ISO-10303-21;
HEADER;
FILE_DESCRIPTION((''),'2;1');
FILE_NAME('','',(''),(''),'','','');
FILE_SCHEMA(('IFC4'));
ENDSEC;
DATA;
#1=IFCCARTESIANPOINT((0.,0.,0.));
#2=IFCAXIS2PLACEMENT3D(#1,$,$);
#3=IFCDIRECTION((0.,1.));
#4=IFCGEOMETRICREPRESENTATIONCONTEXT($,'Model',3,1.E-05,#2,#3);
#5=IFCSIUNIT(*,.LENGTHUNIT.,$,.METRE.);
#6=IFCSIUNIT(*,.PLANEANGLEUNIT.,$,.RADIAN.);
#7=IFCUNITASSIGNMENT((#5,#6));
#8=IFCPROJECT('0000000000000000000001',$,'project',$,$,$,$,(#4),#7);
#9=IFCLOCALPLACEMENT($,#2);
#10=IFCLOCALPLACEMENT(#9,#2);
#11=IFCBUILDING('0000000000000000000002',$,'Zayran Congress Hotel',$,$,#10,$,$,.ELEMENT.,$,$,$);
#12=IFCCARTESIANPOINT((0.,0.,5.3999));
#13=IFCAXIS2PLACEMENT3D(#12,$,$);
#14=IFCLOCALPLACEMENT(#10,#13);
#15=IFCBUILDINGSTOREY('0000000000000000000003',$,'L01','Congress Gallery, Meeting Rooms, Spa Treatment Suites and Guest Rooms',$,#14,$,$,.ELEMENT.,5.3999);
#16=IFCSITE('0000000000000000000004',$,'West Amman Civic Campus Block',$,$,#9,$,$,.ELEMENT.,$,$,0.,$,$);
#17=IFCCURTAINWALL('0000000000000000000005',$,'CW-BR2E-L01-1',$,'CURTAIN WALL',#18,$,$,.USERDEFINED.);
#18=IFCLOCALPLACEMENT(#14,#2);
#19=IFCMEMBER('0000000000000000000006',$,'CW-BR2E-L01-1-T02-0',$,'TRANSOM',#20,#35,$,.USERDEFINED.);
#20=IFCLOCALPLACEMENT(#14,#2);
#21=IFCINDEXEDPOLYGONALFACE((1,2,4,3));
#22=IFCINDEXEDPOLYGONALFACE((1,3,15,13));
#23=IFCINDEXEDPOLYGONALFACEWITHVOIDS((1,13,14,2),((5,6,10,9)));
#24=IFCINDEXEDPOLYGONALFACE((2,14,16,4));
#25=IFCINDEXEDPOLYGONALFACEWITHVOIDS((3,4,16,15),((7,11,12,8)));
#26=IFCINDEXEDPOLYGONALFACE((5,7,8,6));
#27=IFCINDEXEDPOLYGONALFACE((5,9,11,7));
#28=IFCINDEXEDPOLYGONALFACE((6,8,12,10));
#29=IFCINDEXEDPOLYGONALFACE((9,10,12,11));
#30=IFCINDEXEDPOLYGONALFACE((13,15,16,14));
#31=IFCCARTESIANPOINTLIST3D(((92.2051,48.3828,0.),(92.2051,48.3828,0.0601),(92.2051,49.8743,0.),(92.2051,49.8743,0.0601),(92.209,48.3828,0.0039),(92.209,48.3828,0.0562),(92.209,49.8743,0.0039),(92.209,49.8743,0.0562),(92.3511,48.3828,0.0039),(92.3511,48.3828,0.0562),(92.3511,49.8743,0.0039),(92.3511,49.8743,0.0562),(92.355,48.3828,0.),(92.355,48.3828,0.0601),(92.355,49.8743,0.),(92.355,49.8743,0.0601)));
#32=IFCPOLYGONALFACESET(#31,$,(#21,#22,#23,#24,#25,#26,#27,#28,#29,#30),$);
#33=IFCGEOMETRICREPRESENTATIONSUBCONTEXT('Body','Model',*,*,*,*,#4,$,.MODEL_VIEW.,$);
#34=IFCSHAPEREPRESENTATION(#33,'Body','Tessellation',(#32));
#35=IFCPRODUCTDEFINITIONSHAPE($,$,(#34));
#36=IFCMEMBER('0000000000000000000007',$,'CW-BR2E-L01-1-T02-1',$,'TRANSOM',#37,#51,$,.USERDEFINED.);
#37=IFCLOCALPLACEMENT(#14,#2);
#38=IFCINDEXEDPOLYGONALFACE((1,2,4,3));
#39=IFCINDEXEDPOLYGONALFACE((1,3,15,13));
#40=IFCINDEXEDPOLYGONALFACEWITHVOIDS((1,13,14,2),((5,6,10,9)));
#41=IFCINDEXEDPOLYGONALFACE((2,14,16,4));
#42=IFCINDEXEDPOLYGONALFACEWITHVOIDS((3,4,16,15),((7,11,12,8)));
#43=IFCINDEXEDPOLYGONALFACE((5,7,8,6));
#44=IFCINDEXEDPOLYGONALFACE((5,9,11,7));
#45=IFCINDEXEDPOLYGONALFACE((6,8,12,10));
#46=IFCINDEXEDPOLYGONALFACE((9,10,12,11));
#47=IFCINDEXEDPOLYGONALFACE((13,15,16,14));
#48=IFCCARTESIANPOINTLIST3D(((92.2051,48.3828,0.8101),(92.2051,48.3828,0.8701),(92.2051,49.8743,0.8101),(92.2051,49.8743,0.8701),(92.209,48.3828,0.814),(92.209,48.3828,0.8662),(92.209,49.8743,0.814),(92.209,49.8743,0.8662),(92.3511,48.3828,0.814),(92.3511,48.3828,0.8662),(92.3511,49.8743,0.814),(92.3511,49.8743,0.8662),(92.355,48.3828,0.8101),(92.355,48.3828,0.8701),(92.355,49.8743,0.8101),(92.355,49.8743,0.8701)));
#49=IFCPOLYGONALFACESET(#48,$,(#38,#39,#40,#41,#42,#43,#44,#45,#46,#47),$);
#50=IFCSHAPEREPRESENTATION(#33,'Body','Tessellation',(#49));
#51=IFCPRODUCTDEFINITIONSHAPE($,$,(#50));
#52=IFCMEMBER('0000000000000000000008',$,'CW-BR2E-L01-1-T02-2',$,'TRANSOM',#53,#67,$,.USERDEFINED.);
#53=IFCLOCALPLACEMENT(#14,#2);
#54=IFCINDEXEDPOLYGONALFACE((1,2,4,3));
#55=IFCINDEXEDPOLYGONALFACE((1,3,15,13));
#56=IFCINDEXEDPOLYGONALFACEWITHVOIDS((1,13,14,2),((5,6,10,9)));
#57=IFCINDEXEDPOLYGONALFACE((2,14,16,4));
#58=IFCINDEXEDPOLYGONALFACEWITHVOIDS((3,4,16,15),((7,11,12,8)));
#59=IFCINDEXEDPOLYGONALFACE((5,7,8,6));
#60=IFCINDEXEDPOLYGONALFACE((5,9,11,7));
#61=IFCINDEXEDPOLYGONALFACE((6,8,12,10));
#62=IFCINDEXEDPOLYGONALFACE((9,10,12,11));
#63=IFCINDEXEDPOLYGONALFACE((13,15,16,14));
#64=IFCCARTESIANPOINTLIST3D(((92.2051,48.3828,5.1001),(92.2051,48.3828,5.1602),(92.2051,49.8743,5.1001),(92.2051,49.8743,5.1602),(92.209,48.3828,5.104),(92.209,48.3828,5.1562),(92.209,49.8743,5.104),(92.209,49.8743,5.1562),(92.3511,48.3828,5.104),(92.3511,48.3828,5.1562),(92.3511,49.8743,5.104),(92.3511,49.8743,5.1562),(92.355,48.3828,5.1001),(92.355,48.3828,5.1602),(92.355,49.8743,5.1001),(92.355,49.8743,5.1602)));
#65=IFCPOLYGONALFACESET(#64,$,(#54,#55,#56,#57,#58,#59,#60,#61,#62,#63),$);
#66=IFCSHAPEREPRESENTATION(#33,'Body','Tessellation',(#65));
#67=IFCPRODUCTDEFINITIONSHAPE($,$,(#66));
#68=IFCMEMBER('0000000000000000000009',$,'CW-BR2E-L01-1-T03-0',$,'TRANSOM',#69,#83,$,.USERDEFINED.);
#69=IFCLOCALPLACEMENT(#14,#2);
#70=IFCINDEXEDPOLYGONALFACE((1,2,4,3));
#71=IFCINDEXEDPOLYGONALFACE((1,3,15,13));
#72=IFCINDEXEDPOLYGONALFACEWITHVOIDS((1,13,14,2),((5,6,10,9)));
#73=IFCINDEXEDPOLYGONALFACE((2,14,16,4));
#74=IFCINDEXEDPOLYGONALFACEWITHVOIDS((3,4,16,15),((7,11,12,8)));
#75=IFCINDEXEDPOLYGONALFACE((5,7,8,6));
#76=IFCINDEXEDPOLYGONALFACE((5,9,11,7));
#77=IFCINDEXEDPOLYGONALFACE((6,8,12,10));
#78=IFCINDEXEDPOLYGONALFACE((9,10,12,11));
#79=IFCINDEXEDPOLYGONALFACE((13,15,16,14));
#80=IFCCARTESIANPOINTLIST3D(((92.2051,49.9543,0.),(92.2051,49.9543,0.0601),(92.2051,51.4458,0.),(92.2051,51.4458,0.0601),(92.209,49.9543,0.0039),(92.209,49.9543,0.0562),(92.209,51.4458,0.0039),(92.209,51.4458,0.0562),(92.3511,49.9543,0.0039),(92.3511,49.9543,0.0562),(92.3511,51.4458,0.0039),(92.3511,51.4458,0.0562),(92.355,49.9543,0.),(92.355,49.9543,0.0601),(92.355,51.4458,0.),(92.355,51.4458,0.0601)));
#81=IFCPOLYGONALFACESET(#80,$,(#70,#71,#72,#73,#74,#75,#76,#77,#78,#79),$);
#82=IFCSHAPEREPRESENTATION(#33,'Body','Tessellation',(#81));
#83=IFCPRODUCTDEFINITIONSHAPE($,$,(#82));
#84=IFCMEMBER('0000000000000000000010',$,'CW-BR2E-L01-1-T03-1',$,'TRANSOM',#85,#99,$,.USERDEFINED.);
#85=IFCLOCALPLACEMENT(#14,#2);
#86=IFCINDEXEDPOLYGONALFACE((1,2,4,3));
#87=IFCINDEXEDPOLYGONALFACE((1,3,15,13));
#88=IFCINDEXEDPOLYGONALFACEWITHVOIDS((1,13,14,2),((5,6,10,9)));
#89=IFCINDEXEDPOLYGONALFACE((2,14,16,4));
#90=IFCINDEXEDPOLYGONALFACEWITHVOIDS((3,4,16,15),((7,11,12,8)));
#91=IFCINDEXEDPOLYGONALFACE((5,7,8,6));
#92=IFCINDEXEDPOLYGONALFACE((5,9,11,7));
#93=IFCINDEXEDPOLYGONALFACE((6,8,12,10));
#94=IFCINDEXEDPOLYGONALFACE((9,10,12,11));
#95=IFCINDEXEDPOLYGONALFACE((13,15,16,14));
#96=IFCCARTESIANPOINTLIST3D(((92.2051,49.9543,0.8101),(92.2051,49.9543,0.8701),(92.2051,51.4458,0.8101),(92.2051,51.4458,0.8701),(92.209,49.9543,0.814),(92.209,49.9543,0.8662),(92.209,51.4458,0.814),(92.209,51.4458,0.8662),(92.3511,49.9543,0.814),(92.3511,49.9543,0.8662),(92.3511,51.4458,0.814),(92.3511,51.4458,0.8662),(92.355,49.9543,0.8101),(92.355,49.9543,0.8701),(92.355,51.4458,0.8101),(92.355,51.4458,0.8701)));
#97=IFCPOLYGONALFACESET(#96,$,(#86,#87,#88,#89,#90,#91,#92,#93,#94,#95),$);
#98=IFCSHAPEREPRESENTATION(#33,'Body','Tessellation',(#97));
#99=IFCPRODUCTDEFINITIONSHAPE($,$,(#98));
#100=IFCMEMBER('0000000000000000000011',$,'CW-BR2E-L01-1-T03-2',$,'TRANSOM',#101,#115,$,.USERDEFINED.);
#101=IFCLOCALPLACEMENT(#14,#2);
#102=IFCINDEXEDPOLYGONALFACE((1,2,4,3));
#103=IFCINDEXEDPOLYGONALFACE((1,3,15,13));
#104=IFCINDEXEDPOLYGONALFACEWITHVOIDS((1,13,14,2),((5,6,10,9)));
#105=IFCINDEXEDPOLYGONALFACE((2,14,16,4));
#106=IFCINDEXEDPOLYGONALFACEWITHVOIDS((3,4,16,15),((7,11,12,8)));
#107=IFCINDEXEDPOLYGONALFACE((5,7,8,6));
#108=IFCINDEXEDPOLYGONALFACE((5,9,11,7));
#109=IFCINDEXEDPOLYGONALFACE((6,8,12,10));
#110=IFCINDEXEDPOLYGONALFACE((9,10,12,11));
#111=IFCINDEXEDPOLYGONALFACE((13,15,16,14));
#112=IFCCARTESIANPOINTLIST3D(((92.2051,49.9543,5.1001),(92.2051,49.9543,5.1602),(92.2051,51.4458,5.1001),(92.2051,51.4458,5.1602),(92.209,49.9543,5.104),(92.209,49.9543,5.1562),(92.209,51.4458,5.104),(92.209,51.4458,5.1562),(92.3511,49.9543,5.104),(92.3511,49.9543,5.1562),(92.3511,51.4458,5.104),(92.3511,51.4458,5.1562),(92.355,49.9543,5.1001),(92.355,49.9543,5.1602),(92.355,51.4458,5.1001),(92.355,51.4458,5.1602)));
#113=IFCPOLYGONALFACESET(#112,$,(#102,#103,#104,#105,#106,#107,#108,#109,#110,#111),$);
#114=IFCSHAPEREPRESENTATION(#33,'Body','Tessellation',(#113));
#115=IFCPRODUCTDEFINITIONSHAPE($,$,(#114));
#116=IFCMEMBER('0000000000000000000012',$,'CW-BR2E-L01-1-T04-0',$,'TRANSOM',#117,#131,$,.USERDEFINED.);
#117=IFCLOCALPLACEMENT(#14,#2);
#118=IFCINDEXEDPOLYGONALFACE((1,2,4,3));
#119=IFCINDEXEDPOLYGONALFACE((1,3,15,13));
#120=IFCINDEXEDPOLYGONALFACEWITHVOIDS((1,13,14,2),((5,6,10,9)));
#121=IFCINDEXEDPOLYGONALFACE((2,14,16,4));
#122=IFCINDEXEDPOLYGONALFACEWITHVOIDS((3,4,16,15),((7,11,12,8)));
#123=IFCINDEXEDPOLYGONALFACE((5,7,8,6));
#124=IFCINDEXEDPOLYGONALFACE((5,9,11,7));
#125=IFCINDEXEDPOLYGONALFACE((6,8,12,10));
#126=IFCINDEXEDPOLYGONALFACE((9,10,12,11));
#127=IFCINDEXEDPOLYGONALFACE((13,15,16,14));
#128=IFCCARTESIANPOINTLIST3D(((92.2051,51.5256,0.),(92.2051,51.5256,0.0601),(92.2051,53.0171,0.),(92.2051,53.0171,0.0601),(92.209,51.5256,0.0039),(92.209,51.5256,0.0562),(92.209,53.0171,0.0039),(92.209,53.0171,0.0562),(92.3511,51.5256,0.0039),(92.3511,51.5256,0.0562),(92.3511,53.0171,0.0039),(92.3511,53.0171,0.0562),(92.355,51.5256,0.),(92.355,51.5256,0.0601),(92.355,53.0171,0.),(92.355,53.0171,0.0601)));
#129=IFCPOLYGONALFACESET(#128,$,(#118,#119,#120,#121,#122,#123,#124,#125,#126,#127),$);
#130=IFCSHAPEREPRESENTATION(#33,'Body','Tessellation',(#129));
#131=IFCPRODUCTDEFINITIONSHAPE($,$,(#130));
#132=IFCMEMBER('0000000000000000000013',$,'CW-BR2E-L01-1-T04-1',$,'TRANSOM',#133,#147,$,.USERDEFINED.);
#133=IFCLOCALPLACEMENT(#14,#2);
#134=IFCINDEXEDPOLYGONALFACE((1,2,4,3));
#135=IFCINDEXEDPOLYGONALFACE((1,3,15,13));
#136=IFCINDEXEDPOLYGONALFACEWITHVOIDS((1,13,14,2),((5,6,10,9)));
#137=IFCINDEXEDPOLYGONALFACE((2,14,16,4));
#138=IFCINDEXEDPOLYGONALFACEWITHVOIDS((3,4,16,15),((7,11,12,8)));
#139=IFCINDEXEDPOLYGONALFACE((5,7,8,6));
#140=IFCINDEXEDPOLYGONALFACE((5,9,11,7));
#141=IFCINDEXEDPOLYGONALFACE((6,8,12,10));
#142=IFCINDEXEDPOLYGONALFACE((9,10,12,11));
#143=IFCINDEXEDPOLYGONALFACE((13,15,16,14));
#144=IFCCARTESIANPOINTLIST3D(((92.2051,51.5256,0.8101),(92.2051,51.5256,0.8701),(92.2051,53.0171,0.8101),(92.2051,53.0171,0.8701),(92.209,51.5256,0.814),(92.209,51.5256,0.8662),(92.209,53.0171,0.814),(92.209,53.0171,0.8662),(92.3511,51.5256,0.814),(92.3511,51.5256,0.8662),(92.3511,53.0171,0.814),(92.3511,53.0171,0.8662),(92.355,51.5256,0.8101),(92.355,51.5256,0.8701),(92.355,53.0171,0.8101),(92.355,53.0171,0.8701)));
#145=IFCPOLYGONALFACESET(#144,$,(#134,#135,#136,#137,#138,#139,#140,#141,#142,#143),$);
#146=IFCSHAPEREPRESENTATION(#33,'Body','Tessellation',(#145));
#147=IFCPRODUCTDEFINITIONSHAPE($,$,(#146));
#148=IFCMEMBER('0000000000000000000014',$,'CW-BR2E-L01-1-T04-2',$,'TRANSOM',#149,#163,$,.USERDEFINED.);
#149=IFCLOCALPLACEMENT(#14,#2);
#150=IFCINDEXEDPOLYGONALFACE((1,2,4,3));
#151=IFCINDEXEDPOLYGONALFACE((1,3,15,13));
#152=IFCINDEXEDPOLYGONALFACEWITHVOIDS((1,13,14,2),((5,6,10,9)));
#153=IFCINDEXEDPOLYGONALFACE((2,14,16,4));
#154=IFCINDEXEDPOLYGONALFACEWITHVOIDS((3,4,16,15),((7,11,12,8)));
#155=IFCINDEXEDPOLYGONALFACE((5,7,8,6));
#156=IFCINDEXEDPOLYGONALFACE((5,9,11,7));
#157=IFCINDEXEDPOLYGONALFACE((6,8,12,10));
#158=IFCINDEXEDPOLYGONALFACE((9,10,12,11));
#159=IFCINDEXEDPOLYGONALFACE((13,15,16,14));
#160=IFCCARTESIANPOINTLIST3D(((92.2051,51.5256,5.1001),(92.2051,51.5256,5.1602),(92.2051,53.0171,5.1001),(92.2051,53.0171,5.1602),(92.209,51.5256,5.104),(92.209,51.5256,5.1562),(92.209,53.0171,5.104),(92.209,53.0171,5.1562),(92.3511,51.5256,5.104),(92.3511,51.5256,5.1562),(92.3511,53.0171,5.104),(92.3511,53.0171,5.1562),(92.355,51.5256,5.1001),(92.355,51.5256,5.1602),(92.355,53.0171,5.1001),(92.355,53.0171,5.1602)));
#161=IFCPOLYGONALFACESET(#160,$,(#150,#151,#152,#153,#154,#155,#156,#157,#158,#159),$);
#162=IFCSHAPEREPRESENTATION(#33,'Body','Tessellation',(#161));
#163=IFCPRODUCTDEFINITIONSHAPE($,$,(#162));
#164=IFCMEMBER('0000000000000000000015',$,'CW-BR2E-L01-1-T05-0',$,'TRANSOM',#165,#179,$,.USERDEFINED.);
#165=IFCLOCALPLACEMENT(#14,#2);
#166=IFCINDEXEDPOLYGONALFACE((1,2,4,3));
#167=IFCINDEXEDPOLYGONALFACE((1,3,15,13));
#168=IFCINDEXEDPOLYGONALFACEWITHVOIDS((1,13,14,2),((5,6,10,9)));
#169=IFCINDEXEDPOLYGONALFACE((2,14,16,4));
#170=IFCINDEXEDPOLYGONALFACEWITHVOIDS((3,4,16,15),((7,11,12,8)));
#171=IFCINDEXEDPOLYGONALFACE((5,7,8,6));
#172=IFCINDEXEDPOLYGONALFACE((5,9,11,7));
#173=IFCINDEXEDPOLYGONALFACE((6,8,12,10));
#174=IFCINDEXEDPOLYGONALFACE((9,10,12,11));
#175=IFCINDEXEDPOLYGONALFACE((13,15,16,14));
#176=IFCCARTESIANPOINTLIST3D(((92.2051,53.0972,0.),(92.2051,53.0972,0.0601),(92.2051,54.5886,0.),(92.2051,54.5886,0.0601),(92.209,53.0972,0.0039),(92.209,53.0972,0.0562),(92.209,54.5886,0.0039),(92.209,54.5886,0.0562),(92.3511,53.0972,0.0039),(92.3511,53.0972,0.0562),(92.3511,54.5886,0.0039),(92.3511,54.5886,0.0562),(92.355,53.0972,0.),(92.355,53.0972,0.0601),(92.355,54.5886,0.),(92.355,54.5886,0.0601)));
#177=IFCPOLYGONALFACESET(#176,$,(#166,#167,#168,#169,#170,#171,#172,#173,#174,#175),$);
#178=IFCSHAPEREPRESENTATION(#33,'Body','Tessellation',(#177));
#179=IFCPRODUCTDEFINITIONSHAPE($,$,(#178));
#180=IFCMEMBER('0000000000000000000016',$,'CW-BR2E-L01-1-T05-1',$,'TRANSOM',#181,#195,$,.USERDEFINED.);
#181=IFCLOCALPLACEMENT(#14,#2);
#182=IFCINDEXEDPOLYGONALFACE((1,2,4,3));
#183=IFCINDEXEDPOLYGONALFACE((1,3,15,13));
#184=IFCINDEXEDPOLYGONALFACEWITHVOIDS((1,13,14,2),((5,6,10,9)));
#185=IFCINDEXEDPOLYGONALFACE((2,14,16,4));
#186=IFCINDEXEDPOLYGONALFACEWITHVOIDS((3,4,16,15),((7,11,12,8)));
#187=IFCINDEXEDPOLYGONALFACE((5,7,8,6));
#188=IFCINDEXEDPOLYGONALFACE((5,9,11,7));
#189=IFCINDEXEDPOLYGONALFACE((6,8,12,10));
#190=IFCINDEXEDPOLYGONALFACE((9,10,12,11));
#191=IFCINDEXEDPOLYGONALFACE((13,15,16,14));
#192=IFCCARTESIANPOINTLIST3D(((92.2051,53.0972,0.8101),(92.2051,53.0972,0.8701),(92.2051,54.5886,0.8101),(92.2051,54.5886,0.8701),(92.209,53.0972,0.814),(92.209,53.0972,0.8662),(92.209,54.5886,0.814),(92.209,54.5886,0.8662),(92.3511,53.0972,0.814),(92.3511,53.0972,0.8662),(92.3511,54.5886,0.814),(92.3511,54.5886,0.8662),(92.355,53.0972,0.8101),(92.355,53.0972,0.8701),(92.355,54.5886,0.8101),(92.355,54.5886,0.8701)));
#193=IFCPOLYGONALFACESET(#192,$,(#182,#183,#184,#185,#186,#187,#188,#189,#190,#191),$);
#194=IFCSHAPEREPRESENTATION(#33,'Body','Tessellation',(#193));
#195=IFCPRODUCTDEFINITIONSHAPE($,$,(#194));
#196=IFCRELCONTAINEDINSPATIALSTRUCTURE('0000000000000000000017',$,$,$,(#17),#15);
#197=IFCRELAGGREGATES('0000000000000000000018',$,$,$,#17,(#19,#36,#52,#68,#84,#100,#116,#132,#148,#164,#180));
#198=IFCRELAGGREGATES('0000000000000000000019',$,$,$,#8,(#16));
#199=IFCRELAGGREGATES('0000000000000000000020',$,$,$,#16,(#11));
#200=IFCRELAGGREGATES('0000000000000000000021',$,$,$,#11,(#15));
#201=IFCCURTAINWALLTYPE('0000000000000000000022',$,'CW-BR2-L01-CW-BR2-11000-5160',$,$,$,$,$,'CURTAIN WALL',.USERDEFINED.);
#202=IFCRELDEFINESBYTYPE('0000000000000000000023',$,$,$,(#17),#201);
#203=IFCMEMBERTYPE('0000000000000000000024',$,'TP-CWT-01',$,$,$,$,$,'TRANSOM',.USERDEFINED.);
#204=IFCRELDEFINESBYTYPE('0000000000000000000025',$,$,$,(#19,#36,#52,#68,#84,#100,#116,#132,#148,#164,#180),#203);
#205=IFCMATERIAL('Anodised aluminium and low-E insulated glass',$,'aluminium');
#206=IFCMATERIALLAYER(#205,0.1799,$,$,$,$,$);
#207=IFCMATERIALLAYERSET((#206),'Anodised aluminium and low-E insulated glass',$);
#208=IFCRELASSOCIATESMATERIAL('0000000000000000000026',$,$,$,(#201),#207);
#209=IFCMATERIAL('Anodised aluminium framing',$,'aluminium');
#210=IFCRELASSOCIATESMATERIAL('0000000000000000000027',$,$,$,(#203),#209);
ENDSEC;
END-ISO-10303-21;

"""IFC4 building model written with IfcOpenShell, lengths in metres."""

from ifc_helpers import new_model, si_unit, direction, frame, origin, origin_2d, place, context, subcontext, project, spatial, hollow_rectangle, extrude, material, layer, layer_set, material_profile, profile_set, type_object, element, aggregate, save


model = new_model("IFC4")

# Units and contexts
model_context = context("Model", 3, precision=1e-05, world=origin(), true_north=direction((0.0, 1.0)))
body_context = subcontext(model_context, "Body", "Model", "MODEL_VIEW")
ifc_project = project(units=[si_unit("LENGTHUNIT", "METRE"), si_unit("PLANEANGLEUNIT", "RADIAN")], contexts=[model_context])

# Site, building, storey
site_placement = place(None, origin())
site = spatial("IfcSite", under=ifc_project, at=site_placement, Name="West Amman Civic Campus Block", CompositionType="ELEMENT", RefElevation=0.0)
building_placement = place(site_placement, origin())
building = spatial("IfcBuilding", under=site, at=building_placement, Name="Zayran Congress Hotel", CompositionType="ELEMENT")
storey_placement = place(building_placement, frame((0.0, 0.0, 5.3999)))
storey = spatial("IfcBuildingStorey", under=building, at=storey_placement, Name="L01", Description="Congress Gallery, Meeting Rooms, Spa Treatment Suites and Guest Rooms", CompositionType="ELEMENT", Elevation=5.3999)

# Curtain wall, members
ifc_material_1 = material(Name="Anodised aluminium and low-E insulated glass", Category="aluminium")
ifc_layer_1 = layer(ifc_material_1, 0.1799)
ifc_layer_set_1 = layer_set([ifc_layer_1], Name="Anodised aluminium and low-E insulated glass")
curtain_wall_type = type_object("IfcCurtainWallType", Name="CW-BR2-L01-CW-BR2-11000-5160", ElementType="CURTAIN WALL", PredefinedType="USERDEFINED", material=ifc_layer_set_1)
curtain_wall_placement = place(storey_placement, origin())
curtain_wall = element("IfcCurtainWall", 1, at=curtain_wall_placement, inside=storey, type_object=curtain_wall_type, Name="CW-BR2E-L01-1", ObjectType="CURTAIN WALL", PredefinedType="USERDEFINED")
ifc_material_2 = material(Name="Anodised aluminium framing", Category="aluminium")
ifc_material_profile_1 = material_profile(ifc_material_2, hollow_rectangle(XDim=0.0601, YDim=0.1499, WallThickness=0.0039, at=origin_2d()), Name="RHS 150x60x4")
ifc_profile_set_1 = profile_set([ifc_material_profile_1], Name="Anodised aluminium framing")
member_type_1 = type_object("IfcMemberType", Name="TP-CWT-01", ElementType="TRANSOM", PredefinedType="USERDEFINED", material=ifc_profile_set_1)
member_1_placement = place(storey_placement, frame((92.28, 48.3828, 0.03), z_axis=(0.0, 1.0, 0.0), x_axis=(0.0, 0.0, 1.0)))
member_1 = element("IfcMember", 2, at=member_1_placement, type_object=member_type_1, Name="CW-BR2E-L01-1-T02-0", ObjectType="TRANSOM", PredefinedType="USERDEFINED", context=body_context, shape_type="SweptSolid", body=[
    extrude(hollow_rectangle(XDim=0.0601, YDim=0.1499, WallThickness=0.0039, at=origin_2d()), origin(), (0.0, 0.0, 1.0), 1.4915),
])
member_2_placement = place(storey_placement, frame((92.28, 48.3828, 0.8401), z_axis=(0.0, 1.0, 0.0), x_axis=(0.0, 0.0, 1.0)))
member_2 = element("IfcMember", 3, at=member_2_placement, type_object=member_type_1, Name="CW-BR2E-L01-1-T02-1", ObjectType="TRANSOM", PredefinedType="USERDEFINED", context=body_context, shape_type="SweptSolid", body=[
    extrude(hollow_rectangle(XDim=0.0601, YDim=0.1499, WallThickness=0.0039, at=origin_2d()), origin(), (0.0, 0.0, 1.0), 1.4915),
])
member_3_placement = place(storey_placement, frame((92.28, 48.3828, 5.1301), z_axis=(0.0, 1.0, 0.0), x_axis=(0.0, 0.0, 1.0)))
member_3 = element("IfcMember", 4, at=member_3_placement, type_object=member_type_1, Name="CW-BR2E-L01-1-T02-2", ObjectType="TRANSOM", PredefinedType="USERDEFINED", context=body_context, shape_type="SweptSolid", body=[
    extrude(hollow_rectangle(XDim=0.0601, YDim=0.1499, WallThickness=0.0039, at=origin_2d()), origin(), (0.0, 0.0, 1.0), 1.4915),
])
member_4_placement = place(storey_placement, frame((92.28, 49.9543, 0.03), z_axis=(0.0, 1.0, 0.0), x_axis=(0.0, 0.0, 1.0)))
member_4 = element("IfcMember", 5, at=member_4_placement, type_object=member_type_1, Name="CW-BR2E-L01-1-T03-0", ObjectType="TRANSOM", PredefinedType="USERDEFINED", context=body_context, shape_type="SweptSolid", body=[
    extrude(hollow_rectangle(XDim=0.0601, YDim=0.1499, WallThickness=0.0039, at=origin_2d()), origin(), (0.0, 0.0, 1.0), 1.4915),
])
member_5_placement = place(storey_placement, frame((92.28, 49.9543, 0.8401), z_axis=(0.0, 1.0, 0.0), x_axis=(0.0, 0.0, 1.0)))
member_5 = element("IfcMember", 6, at=member_5_placement, type_object=member_type_1, Name="CW-BR2E-L01-1-T03-1", ObjectType="TRANSOM", PredefinedType="USERDEFINED", context=body_context, shape_type="SweptSolid", body=[
    extrude(hollow_rectangle(XDim=0.0601, YDim=0.1499, WallThickness=0.0039, at=origin_2d()), origin(), (0.0, 0.0, 1.0), 1.4915),
])
member_6_placement = place(storey_placement, frame((92.28, 49.9543, 5.1301), z_axis=(0.0, 1.0, 0.0), x_axis=(0.0, 0.0, 1.0)))
member_6 = element("IfcMember", 7, at=member_6_placement, type_object=member_type_1, Name="CW-BR2E-L01-1-T03-2", ObjectType="TRANSOM", PredefinedType="USERDEFINED", context=body_context, shape_type="SweptSolid", body=[
    extrude(hollow_rectangle(XDim=0.0601, YDim=0.1499, WallThickness=0.0039, at=origin_2d()), origin(), (0.0, 0.0, 1.0), 1.4915),
])
member_7_placement = place(storey_placement, frame((92.28, 51.5256, 0.03), z_axis=(0.0, 1.0, 0.0), x_axis=(0.0, 0.0, 1.0)))
member_7 = element("IfcMember", 8, at=member_7_placement, type_object=member_type_1, Name="CW-BR2E-L01-1-T04-0", ObjectType="TRANSOM", PredefinedType="USERDEFINED", context=body_context, shape_type="SweptSolid", body=[
    extrude(hollow_rectangle(XDim=0.0601, YDim=0.1499, WallThickness=0.0039, at=origin_2d()), origin(), (0.0, 0.0, 1.0), 1.4915),
])
member_8_placement = place(storey_placement, frame((92.28, 51.5256, 0.8401), z_axis=(0.0, 1.0, 0.0), x_axis=(0.0, 0.0, 1.0)))
member_8 = element("IfcMember", 9, at=member_8_placement, type_object=member_type_1, Name="CW-BR2E-L01-1-T04-1", ObjectType="TRANSOM", PredefinedType="USERDEFINED", context=body_context, shape_type="SweptSolid", body=[
    extrude(hollow_rectangle(XDim=0.0601, YDim=0.1499, WallThickness=0.0039, at=origin_2d()), origin(), (0.0, 0.0, 1.0), 1.4915),
])
member_9_placement = place(storey_placement, frame((92.28, 51.5256, 5.1301), z_axis=(0.0, 1.0, 0.0), x_axis=(0.0, 0.0, 1.0)))
member_9 = element("IfcMember", 10, at=member_9_placement, type_object=member_type_1, Name="CW-BR2E-L01-1-T04-2", ObjectType="TRANSOM", PredefinedType="USERDEFINED", context=body_context, shape_type="SweptSolid", body=[
    extrude(hollow_rectangle(XDim=0.0601, YDim=0.1499, WallThickness=0.0039, at=origin_2d()), origin(), (0.0, 0.0, 1.0), 1.4915),
])
member_10_placement = place(storey_placement, frame((92.28, 53.0972, 0.03), z_axis=(0.0, 1.0, 0.0), x_axis=(0.0, 0.0, 1.0)))
member_10 = element("IfcMember", 11, at=member_10_placement, type_object=member_type_1, Name="CW-BR2E-L01-1-T05-0", ObjectType="TRANSOM", PredefinedType="USERDEFINED", context=body_context, shape_type="SweptSolid", body=[
    extrude(hollow_rectangle(XDim=0.0601, YDim=0.1499, WallThickness=0.0039, at=origin_2d()), origin(), (0.0, 0.0, 1.0), 1.4915),
])
member_11_placement = place(storey_placement, frame((92.28, 53.0972, 0.8401), z_axis=(0.0, 1.0, 0.0), x_axis=(0.0, 0.0, 1.0)))
member_11 = element("IfcMember", 12, at=member_11_placement, type_object=member_type_1, Name="CW-BR2E-L01-1-T05-1", ObjectType="TRANSOM", PredefinedType="USERDEFINED", context=body_context, shape_type="SweptSolid", body=[
    extrude(hollow_rectangle(XDim=0.0601, YDim=0.1499, WallThickness=0.0039, at=origin_2d()), origin(), (0.0, 0.0, 1.0), 1.4915),
])
aggregate(curtain_wall, [member_1, member_2, member_3, member_4, member_5, member_6, member_7, member_8, member_9, member_10, member_11])

save(model, "model.ifc")
